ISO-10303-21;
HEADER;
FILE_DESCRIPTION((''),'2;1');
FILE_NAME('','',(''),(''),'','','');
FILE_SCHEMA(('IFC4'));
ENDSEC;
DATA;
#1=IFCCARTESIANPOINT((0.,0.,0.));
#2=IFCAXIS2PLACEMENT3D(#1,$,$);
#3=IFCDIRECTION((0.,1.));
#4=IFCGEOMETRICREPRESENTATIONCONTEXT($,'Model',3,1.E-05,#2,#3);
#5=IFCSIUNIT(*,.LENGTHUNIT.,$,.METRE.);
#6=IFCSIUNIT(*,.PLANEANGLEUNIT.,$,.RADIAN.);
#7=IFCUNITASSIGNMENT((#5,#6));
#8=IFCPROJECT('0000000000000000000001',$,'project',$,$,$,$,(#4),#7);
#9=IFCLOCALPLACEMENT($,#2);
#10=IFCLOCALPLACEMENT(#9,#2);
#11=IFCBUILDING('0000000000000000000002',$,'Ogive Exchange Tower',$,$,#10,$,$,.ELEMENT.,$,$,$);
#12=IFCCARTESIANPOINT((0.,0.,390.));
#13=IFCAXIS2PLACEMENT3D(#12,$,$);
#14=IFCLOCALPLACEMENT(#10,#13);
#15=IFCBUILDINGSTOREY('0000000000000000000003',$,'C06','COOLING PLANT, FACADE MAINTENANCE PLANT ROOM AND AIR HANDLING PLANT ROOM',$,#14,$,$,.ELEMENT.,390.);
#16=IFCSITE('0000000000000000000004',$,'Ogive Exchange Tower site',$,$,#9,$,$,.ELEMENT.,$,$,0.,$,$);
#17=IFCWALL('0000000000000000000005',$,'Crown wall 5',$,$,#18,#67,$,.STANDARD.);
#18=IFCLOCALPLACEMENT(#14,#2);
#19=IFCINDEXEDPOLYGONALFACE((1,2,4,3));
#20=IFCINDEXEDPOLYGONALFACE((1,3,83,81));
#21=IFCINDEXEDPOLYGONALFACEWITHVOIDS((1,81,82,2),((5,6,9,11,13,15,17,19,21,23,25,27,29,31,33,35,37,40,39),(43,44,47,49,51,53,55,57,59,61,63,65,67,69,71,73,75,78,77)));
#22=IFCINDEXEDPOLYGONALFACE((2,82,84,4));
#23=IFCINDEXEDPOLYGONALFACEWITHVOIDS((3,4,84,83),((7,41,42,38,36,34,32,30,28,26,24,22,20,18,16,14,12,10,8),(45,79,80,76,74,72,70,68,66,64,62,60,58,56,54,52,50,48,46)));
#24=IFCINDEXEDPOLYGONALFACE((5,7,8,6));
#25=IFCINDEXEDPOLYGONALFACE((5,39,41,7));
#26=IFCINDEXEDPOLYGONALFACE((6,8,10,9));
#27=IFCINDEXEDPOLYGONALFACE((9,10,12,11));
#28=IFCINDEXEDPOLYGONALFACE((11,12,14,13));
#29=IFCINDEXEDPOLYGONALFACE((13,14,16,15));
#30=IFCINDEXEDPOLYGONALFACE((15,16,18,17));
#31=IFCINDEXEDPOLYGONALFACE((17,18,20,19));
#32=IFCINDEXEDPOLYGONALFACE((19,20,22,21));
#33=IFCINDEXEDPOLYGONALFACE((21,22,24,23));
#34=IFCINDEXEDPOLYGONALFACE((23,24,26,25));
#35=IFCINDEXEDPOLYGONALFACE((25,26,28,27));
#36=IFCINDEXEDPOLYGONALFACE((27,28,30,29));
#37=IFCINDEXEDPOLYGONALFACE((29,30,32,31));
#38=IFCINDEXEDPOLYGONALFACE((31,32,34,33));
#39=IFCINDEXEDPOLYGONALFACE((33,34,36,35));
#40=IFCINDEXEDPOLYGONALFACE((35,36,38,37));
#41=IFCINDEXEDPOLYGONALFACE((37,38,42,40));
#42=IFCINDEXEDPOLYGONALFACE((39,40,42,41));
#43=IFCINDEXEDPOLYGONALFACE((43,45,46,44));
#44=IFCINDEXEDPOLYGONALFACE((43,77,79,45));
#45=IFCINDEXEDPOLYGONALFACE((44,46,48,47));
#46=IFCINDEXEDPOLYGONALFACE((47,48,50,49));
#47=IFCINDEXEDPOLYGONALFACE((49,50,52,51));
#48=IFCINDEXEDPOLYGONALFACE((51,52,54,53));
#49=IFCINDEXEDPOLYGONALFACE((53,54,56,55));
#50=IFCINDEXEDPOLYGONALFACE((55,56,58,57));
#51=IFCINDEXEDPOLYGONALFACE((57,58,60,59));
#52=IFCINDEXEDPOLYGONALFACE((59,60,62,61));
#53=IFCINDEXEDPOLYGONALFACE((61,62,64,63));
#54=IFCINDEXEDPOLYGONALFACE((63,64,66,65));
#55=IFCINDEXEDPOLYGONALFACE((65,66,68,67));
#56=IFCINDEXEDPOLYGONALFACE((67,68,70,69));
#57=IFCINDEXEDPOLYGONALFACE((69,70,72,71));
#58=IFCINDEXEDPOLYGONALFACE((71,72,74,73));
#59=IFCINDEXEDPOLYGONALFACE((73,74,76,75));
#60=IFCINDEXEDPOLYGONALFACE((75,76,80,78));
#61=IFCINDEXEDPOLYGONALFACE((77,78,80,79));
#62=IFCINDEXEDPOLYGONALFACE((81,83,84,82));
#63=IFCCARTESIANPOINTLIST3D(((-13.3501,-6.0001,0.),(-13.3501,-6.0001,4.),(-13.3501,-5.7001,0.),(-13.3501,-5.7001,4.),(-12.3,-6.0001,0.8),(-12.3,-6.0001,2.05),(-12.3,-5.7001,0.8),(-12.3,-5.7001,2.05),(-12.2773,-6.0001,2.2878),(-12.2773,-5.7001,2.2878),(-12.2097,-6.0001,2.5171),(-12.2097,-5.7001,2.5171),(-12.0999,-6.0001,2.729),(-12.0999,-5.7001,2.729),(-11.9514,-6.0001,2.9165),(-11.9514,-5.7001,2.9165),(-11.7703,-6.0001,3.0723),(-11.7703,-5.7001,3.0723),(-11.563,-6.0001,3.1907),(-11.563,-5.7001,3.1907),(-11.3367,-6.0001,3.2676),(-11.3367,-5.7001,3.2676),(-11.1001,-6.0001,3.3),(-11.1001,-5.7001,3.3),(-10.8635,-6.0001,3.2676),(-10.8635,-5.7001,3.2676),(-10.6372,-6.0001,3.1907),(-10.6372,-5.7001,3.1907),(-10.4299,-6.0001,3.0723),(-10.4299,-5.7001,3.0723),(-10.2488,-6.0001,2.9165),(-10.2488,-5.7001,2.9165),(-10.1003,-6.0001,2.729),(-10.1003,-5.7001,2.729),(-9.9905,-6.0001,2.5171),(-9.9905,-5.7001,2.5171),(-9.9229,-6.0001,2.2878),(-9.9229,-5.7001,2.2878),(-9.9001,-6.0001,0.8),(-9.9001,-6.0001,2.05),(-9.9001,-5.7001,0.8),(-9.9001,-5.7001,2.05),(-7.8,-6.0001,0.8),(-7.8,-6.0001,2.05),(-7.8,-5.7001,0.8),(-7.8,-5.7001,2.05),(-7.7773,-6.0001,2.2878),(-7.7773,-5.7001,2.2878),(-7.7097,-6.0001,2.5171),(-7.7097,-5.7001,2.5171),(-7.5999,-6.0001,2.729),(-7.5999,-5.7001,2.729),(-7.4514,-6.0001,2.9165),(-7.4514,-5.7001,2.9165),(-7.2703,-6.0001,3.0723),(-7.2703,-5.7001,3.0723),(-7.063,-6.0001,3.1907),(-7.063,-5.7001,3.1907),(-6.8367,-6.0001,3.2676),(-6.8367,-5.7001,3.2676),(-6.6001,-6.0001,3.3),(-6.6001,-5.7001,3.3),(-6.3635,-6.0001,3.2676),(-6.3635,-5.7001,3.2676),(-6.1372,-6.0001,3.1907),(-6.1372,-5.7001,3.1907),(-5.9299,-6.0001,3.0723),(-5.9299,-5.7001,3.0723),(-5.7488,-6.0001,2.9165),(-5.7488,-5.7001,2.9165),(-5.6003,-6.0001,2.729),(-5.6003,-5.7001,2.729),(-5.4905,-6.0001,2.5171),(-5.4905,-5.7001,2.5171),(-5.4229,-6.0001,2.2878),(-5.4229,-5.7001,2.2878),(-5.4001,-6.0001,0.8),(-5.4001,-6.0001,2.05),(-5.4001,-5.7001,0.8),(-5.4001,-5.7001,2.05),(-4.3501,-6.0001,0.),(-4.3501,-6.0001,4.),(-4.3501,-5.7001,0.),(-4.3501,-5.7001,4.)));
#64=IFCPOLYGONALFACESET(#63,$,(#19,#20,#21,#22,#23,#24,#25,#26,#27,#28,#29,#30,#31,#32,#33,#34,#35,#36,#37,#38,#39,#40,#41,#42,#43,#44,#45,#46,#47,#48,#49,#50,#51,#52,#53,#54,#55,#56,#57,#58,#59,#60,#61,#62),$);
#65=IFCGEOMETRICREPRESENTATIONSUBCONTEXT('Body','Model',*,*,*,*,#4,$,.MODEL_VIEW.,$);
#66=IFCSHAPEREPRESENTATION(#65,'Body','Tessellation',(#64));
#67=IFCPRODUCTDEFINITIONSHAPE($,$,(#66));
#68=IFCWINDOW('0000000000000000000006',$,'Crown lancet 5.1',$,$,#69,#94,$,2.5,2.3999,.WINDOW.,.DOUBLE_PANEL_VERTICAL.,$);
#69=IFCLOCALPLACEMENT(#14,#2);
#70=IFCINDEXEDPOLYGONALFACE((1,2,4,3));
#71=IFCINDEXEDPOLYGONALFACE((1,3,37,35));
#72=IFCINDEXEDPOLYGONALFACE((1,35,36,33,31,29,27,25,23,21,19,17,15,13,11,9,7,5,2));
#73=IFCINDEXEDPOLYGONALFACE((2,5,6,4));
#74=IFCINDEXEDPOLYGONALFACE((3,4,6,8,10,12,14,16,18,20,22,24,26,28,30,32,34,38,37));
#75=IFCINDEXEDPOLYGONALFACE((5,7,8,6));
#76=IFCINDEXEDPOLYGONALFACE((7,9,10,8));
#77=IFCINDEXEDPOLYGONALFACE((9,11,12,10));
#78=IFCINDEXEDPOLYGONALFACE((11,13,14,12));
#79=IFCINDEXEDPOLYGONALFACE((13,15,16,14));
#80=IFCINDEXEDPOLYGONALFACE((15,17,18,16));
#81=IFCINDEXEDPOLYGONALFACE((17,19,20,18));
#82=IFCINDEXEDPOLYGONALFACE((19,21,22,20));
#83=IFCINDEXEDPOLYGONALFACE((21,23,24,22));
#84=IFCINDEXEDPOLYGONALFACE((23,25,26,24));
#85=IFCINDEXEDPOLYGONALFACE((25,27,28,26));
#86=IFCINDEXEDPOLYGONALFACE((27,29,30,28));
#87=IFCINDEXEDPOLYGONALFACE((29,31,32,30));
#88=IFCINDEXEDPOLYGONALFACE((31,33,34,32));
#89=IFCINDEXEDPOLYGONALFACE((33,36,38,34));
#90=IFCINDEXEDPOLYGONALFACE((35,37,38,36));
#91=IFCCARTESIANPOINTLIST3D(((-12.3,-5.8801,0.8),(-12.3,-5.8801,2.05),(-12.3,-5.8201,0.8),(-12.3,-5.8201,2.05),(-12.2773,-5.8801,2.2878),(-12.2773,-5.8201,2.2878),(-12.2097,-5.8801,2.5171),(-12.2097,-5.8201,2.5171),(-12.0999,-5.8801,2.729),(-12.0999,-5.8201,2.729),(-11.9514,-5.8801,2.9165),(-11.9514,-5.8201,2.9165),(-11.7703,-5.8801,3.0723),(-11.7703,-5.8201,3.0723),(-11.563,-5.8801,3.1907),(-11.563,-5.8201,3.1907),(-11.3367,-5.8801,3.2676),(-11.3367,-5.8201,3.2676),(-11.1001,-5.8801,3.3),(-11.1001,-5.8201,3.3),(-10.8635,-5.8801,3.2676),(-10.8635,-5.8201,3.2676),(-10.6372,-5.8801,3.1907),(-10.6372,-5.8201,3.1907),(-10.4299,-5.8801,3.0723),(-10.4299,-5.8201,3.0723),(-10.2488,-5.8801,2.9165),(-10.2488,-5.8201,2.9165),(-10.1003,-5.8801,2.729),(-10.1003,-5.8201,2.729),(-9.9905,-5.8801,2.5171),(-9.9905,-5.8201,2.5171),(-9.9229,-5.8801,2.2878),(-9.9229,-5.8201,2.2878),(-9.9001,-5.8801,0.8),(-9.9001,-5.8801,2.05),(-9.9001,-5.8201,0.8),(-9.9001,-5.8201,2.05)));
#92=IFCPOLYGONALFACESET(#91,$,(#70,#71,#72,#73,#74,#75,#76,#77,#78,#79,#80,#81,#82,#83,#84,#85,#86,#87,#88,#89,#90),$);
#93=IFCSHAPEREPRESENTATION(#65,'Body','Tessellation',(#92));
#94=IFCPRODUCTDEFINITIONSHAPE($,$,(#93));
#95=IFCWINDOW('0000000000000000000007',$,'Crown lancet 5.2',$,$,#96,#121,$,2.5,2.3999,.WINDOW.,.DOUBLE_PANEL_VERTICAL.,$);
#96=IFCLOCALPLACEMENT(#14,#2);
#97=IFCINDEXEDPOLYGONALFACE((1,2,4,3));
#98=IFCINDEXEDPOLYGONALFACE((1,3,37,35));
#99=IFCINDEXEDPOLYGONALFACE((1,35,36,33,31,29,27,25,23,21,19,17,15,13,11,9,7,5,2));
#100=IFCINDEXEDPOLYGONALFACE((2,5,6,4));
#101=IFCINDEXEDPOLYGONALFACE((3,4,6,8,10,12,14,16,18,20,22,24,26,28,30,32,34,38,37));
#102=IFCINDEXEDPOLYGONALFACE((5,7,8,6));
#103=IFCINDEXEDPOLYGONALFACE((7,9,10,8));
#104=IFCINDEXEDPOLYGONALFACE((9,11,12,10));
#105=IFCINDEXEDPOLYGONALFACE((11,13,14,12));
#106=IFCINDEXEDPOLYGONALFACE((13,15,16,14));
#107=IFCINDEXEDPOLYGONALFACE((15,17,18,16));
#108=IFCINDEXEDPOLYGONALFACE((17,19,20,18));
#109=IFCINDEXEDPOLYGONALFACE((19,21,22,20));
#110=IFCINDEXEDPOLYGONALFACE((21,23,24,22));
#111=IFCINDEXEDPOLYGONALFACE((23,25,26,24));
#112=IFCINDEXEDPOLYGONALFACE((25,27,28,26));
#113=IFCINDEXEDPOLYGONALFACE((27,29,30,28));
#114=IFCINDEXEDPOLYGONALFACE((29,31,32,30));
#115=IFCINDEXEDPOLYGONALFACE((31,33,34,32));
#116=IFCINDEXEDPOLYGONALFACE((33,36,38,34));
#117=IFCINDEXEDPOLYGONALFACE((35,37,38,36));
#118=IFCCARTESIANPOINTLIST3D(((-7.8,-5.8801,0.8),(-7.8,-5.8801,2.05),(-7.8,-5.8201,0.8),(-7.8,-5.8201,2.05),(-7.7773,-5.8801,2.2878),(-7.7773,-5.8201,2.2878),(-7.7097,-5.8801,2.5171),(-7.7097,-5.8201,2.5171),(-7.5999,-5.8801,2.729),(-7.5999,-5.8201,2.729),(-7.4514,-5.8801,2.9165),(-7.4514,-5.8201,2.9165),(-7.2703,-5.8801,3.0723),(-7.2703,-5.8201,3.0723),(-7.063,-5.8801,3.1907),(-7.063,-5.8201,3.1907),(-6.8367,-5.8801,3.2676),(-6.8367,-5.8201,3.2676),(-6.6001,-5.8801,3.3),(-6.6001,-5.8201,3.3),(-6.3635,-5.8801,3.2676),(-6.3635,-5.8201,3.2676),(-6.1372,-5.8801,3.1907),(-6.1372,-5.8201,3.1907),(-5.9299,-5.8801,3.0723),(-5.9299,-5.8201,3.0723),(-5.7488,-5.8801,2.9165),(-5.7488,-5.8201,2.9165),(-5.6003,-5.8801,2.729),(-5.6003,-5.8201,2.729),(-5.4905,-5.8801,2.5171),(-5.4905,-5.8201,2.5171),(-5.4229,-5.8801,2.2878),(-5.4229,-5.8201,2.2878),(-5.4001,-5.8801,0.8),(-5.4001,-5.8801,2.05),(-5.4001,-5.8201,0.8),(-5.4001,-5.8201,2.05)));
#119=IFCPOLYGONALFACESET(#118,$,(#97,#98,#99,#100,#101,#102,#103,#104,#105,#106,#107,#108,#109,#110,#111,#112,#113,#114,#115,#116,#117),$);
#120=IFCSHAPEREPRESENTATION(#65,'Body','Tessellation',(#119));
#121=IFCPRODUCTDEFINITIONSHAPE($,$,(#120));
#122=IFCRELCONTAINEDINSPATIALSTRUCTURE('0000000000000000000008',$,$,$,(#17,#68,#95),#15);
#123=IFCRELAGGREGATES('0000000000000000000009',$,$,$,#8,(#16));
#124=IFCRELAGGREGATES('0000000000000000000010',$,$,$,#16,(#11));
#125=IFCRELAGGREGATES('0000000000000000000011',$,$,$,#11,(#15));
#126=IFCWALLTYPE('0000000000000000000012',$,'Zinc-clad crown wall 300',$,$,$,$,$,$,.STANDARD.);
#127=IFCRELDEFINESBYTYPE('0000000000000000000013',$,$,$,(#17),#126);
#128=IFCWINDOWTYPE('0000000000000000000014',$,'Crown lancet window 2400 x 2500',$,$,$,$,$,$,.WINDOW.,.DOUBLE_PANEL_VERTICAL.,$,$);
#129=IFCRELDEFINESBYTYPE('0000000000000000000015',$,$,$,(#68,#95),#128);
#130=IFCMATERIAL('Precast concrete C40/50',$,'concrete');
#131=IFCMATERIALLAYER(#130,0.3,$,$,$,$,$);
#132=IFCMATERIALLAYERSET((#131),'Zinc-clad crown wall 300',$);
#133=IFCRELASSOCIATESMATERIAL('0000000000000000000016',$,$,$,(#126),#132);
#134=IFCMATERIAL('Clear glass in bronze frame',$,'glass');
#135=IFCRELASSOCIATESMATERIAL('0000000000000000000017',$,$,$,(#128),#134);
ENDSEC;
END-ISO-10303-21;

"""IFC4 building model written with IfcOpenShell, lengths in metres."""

from ifc_helpers import new_model, si_unit, direction, frame, frame_2d, origin, place, context, subcontext, project, spatial, polyline, rectangle, outline, extrude, material, layer, layer_set, type_object, element, fill, save


model = new_model("IFC4")

# Units and contexts
model_context = context("Model", 3, precision=1e-05, world=origin(), true_north=direction((0.0, 1.0)))
body_context = subcontext(model_context, "Body", "Model", "MODEL_VIEW")
ifc_project = project(units=[si_unit("LENGTHUNIT", "METRE"), si_unit("PLANEANGLEUNIT", "RADIAN")], contexts=[model_context])

# Site, building, storey
site_placement = place(None, origin())
site = spatial("IfcSite", under=ifc_project, at=site_placement, Name="Ogive Exchange Tower site", CompositionType="ELEMENT", RefElevation=0.0)
building_placement = place(site_placement, origin())
building = spatial("IfcBuilding", under=site, at=building_placement, Name="Ogive Exchange Tower", CompositionType="ELEMENT")
storey_placement = place(building_placement, frame((0.0, 0.0, 390.0)))
storey = spatial("IfcBuildingStorey", under=building, at=storey_placement, Name="C06", Description="COOLING PLANT, FACADE MAINTENANCE PLANT ROOM AND AIR HANDLING PLANT ROOM", CompositionType="ELEMENT", Elevation=390.0)

# Wall, openings, windows
ifc_material_1 = material(Name="Precast concrete C40/50", Category="concrete")
ifc_layer_1 = layer(ifc_material_1, 0.3)
ifc_layer_set_1 = layer_set([ifc_layer_1], Name="Zinc-clad crown wall 300")
wall_type_1 = type_object("IfcWallType", Name="Zinc-clad crown wall 300", PredefinedType="STANDARD", material=ifc_layer_set_1)
wall_1_placement = place(storey_placement, frame((-13.3501, -5.8501, 0.0), z_axis=(0.0, 0.0, 1.0), x_axis=(1.0, 0.0, 0.0)))
wall_1 = element("IfcWall", 1, at=wall_1_placement, inside=storey, type_object=wall_type_1, Name="Crown wall 5", PredefinedType="STANDARD", context=body_context, shape_type="SweptSolid", body=[
    extrude(rectangle(XDim=9.0, YDim=0.3, at=frame_2d((4.5, 0.0))), origin(), (0.0, 0.0, 1.0), 4.0),
])
opening_1_placement = place(wall_1_placement, frame((1.05, 0.0, 0.8)))
opening_1 = element("IfcOpeningElement", 2, at=opening_1_placement, cuts=wall_1, PredefinedType="OPENING", context=body_context, shape_type="SweptSolid", body=[
    extrude(outline(polyline([(0.0, 0.0), (2.3999, 0.0), (2.3999, 1.25), (2.3772, 1.4878), (2.3096, 1.717), (2.1997, 1.929), (2.0513, 2.1165), (1.8701, 2.2722), (1.6628, 2.3906), (1.4365, 2.4675), (1.2, 2.5), (0.9634, 2.4675), (0.7371, 2.3906), (0.5298, 2.2722), (0.3486, 2.1165), (0.2002, 1.929), (0.0903, 1.717), (0.0227, 1.4878), (0.0, 1.25), (0.0, 0.0)])), frame((0.0, 0.1599, 0.0), z_axis=(0.0, -1.0, 0.0), x_axis=(1.0, 0.0, 0.0)), (0.0, 0.0, 1.0), 0.3201),
])
opening_2_placement = place(wall_1_placement, frame((5.55, 0.0, 0.8)))
opening_2 = element("IfcOpeningElement", 3, at=opening_2_placement, cuts=wall_1, PredefinedType="OPENING", context=body_context, shape_type="SweptSolid", body=[
    extrude(outline(polyline([(0.0, 0.0), (2.3999, 0.0), (2.3999, 1.25), (2.3772, 1.4878), (2.3096, 1.717), (2.1997, 1.929), (2.0513, 2.1165), (1.8701, 2.2722), (1.6628, 2.3906), (1.4365, 2.4675), (1.2, 2.5), (0.9634, 2.4675), (0.7371, 2.3906), (0.5298, 2.2722), (0.3486, 2.1165), (0.2002, 1.929), (0.0903, 1.717), (0.0227, 1.4878), (0.0, 1.25), (0.0, 0.0)])), frame((0.0, 0.1599, 0.0), z_axis=(0.0, -1.0, 0.0), x_axis=(1.0, 0.0, 0.0)), (0.0, 0.0, 1.0), 0.3201),
])
ifc_material_2 = material(Name="Clear glass in bronze frame", Category="glass")
window_type = type_object("IfcWindowType", Name="Crown lancet window 2400 x 2500", PartitioningType="DOUBLE_PANEL_VERTICAL", PredefinedType="WINDOW", material=ifc_material_2)
window_1_placement = place(opening_1_placement, origin())
window_1 = element("IfcWindow", 4, at=window_1_placement, inside=storey, type_object=window_type, Name="Crown lancet 5.1", OverallHeight=2.5, OverallWidth=2.3999, PartitioningType="DOUBLE_PANEL_VERTICAL", PredefinedType="WINDOW", context=body_context, shape_type="SweptSolid", body=[
    extrude(outline(polyline([(0.0, 0.0), (2.3999, 0.0), (2.3999, 1.25), (2.3772, 1.4878), (2.3096, 1.717), (2.1997, 1.929), (2.0513, 2.1165), (1.8701, 2.2722), (1.6628, 2.3906), (1.4365, 2.4675), (1.2, 2.5), (0.9634, 2.4675), (0.7371, 2.3906), (0.5298, 2.2722), (0.3486, 2.1165), (0.2002, 1.929), (0.0903, 1.717), (0.0227, 1.4878), (0.0, 1.25), (0.0, 0.0)])), frame((0.0, 0.03, 0.0), z_axis=(0.0, -1.0, 0.0), x_axis=(1.0, 0.0, 0.0)), (0.0, 0.0, 1.0), 0.0601),
])
fill(opening_1, window_1)
window_2_placement = place(opening_2_placement, origin())
window_2 = element("IfcWindow", 5, at=window_2_placement, inside=storey, type_object=window_type, Name="Crown lancet 5.2", OverallHeight=2.5, OverallWidth=2.3999, PartitioningType="DOUBLE_PANEL_VERTICAL", PredefinedType="WINDOW", context=body_context, shape_type="SweptSolid", body=[
    extrude(outline(polyline([(0.0, 0.0), (2.3999, 0.0), (2.3999, 1.25), (2.3772, 1.4878), (2.3096, 1.717), (2.1997, 1.929), (2.0513, 2.1165), (1.8701, 2.2722), (1.6628, 2.3906), (1.4365, 2.4675), (1.2, 2.5), (0.9634, 2.4675), (0.7371, 2.3906), (0.5298, 2.2722), (0.3486, 2.1165), (0.2002, 1.929), (0.0903, 1.717), (0.0227, 1.4878), (0.0, 1.25), (0.0, 0.0)])), frame((0.0, 0.03, 0.0), z_axis=(0.0, -1.0, 0.0), x_axis=(1.0, 0.0, 0.0)), (0.0, 0.0, 1.0), 0.0601),
])
fill(opening_2, window_2)

save(model, "model.ifc")
